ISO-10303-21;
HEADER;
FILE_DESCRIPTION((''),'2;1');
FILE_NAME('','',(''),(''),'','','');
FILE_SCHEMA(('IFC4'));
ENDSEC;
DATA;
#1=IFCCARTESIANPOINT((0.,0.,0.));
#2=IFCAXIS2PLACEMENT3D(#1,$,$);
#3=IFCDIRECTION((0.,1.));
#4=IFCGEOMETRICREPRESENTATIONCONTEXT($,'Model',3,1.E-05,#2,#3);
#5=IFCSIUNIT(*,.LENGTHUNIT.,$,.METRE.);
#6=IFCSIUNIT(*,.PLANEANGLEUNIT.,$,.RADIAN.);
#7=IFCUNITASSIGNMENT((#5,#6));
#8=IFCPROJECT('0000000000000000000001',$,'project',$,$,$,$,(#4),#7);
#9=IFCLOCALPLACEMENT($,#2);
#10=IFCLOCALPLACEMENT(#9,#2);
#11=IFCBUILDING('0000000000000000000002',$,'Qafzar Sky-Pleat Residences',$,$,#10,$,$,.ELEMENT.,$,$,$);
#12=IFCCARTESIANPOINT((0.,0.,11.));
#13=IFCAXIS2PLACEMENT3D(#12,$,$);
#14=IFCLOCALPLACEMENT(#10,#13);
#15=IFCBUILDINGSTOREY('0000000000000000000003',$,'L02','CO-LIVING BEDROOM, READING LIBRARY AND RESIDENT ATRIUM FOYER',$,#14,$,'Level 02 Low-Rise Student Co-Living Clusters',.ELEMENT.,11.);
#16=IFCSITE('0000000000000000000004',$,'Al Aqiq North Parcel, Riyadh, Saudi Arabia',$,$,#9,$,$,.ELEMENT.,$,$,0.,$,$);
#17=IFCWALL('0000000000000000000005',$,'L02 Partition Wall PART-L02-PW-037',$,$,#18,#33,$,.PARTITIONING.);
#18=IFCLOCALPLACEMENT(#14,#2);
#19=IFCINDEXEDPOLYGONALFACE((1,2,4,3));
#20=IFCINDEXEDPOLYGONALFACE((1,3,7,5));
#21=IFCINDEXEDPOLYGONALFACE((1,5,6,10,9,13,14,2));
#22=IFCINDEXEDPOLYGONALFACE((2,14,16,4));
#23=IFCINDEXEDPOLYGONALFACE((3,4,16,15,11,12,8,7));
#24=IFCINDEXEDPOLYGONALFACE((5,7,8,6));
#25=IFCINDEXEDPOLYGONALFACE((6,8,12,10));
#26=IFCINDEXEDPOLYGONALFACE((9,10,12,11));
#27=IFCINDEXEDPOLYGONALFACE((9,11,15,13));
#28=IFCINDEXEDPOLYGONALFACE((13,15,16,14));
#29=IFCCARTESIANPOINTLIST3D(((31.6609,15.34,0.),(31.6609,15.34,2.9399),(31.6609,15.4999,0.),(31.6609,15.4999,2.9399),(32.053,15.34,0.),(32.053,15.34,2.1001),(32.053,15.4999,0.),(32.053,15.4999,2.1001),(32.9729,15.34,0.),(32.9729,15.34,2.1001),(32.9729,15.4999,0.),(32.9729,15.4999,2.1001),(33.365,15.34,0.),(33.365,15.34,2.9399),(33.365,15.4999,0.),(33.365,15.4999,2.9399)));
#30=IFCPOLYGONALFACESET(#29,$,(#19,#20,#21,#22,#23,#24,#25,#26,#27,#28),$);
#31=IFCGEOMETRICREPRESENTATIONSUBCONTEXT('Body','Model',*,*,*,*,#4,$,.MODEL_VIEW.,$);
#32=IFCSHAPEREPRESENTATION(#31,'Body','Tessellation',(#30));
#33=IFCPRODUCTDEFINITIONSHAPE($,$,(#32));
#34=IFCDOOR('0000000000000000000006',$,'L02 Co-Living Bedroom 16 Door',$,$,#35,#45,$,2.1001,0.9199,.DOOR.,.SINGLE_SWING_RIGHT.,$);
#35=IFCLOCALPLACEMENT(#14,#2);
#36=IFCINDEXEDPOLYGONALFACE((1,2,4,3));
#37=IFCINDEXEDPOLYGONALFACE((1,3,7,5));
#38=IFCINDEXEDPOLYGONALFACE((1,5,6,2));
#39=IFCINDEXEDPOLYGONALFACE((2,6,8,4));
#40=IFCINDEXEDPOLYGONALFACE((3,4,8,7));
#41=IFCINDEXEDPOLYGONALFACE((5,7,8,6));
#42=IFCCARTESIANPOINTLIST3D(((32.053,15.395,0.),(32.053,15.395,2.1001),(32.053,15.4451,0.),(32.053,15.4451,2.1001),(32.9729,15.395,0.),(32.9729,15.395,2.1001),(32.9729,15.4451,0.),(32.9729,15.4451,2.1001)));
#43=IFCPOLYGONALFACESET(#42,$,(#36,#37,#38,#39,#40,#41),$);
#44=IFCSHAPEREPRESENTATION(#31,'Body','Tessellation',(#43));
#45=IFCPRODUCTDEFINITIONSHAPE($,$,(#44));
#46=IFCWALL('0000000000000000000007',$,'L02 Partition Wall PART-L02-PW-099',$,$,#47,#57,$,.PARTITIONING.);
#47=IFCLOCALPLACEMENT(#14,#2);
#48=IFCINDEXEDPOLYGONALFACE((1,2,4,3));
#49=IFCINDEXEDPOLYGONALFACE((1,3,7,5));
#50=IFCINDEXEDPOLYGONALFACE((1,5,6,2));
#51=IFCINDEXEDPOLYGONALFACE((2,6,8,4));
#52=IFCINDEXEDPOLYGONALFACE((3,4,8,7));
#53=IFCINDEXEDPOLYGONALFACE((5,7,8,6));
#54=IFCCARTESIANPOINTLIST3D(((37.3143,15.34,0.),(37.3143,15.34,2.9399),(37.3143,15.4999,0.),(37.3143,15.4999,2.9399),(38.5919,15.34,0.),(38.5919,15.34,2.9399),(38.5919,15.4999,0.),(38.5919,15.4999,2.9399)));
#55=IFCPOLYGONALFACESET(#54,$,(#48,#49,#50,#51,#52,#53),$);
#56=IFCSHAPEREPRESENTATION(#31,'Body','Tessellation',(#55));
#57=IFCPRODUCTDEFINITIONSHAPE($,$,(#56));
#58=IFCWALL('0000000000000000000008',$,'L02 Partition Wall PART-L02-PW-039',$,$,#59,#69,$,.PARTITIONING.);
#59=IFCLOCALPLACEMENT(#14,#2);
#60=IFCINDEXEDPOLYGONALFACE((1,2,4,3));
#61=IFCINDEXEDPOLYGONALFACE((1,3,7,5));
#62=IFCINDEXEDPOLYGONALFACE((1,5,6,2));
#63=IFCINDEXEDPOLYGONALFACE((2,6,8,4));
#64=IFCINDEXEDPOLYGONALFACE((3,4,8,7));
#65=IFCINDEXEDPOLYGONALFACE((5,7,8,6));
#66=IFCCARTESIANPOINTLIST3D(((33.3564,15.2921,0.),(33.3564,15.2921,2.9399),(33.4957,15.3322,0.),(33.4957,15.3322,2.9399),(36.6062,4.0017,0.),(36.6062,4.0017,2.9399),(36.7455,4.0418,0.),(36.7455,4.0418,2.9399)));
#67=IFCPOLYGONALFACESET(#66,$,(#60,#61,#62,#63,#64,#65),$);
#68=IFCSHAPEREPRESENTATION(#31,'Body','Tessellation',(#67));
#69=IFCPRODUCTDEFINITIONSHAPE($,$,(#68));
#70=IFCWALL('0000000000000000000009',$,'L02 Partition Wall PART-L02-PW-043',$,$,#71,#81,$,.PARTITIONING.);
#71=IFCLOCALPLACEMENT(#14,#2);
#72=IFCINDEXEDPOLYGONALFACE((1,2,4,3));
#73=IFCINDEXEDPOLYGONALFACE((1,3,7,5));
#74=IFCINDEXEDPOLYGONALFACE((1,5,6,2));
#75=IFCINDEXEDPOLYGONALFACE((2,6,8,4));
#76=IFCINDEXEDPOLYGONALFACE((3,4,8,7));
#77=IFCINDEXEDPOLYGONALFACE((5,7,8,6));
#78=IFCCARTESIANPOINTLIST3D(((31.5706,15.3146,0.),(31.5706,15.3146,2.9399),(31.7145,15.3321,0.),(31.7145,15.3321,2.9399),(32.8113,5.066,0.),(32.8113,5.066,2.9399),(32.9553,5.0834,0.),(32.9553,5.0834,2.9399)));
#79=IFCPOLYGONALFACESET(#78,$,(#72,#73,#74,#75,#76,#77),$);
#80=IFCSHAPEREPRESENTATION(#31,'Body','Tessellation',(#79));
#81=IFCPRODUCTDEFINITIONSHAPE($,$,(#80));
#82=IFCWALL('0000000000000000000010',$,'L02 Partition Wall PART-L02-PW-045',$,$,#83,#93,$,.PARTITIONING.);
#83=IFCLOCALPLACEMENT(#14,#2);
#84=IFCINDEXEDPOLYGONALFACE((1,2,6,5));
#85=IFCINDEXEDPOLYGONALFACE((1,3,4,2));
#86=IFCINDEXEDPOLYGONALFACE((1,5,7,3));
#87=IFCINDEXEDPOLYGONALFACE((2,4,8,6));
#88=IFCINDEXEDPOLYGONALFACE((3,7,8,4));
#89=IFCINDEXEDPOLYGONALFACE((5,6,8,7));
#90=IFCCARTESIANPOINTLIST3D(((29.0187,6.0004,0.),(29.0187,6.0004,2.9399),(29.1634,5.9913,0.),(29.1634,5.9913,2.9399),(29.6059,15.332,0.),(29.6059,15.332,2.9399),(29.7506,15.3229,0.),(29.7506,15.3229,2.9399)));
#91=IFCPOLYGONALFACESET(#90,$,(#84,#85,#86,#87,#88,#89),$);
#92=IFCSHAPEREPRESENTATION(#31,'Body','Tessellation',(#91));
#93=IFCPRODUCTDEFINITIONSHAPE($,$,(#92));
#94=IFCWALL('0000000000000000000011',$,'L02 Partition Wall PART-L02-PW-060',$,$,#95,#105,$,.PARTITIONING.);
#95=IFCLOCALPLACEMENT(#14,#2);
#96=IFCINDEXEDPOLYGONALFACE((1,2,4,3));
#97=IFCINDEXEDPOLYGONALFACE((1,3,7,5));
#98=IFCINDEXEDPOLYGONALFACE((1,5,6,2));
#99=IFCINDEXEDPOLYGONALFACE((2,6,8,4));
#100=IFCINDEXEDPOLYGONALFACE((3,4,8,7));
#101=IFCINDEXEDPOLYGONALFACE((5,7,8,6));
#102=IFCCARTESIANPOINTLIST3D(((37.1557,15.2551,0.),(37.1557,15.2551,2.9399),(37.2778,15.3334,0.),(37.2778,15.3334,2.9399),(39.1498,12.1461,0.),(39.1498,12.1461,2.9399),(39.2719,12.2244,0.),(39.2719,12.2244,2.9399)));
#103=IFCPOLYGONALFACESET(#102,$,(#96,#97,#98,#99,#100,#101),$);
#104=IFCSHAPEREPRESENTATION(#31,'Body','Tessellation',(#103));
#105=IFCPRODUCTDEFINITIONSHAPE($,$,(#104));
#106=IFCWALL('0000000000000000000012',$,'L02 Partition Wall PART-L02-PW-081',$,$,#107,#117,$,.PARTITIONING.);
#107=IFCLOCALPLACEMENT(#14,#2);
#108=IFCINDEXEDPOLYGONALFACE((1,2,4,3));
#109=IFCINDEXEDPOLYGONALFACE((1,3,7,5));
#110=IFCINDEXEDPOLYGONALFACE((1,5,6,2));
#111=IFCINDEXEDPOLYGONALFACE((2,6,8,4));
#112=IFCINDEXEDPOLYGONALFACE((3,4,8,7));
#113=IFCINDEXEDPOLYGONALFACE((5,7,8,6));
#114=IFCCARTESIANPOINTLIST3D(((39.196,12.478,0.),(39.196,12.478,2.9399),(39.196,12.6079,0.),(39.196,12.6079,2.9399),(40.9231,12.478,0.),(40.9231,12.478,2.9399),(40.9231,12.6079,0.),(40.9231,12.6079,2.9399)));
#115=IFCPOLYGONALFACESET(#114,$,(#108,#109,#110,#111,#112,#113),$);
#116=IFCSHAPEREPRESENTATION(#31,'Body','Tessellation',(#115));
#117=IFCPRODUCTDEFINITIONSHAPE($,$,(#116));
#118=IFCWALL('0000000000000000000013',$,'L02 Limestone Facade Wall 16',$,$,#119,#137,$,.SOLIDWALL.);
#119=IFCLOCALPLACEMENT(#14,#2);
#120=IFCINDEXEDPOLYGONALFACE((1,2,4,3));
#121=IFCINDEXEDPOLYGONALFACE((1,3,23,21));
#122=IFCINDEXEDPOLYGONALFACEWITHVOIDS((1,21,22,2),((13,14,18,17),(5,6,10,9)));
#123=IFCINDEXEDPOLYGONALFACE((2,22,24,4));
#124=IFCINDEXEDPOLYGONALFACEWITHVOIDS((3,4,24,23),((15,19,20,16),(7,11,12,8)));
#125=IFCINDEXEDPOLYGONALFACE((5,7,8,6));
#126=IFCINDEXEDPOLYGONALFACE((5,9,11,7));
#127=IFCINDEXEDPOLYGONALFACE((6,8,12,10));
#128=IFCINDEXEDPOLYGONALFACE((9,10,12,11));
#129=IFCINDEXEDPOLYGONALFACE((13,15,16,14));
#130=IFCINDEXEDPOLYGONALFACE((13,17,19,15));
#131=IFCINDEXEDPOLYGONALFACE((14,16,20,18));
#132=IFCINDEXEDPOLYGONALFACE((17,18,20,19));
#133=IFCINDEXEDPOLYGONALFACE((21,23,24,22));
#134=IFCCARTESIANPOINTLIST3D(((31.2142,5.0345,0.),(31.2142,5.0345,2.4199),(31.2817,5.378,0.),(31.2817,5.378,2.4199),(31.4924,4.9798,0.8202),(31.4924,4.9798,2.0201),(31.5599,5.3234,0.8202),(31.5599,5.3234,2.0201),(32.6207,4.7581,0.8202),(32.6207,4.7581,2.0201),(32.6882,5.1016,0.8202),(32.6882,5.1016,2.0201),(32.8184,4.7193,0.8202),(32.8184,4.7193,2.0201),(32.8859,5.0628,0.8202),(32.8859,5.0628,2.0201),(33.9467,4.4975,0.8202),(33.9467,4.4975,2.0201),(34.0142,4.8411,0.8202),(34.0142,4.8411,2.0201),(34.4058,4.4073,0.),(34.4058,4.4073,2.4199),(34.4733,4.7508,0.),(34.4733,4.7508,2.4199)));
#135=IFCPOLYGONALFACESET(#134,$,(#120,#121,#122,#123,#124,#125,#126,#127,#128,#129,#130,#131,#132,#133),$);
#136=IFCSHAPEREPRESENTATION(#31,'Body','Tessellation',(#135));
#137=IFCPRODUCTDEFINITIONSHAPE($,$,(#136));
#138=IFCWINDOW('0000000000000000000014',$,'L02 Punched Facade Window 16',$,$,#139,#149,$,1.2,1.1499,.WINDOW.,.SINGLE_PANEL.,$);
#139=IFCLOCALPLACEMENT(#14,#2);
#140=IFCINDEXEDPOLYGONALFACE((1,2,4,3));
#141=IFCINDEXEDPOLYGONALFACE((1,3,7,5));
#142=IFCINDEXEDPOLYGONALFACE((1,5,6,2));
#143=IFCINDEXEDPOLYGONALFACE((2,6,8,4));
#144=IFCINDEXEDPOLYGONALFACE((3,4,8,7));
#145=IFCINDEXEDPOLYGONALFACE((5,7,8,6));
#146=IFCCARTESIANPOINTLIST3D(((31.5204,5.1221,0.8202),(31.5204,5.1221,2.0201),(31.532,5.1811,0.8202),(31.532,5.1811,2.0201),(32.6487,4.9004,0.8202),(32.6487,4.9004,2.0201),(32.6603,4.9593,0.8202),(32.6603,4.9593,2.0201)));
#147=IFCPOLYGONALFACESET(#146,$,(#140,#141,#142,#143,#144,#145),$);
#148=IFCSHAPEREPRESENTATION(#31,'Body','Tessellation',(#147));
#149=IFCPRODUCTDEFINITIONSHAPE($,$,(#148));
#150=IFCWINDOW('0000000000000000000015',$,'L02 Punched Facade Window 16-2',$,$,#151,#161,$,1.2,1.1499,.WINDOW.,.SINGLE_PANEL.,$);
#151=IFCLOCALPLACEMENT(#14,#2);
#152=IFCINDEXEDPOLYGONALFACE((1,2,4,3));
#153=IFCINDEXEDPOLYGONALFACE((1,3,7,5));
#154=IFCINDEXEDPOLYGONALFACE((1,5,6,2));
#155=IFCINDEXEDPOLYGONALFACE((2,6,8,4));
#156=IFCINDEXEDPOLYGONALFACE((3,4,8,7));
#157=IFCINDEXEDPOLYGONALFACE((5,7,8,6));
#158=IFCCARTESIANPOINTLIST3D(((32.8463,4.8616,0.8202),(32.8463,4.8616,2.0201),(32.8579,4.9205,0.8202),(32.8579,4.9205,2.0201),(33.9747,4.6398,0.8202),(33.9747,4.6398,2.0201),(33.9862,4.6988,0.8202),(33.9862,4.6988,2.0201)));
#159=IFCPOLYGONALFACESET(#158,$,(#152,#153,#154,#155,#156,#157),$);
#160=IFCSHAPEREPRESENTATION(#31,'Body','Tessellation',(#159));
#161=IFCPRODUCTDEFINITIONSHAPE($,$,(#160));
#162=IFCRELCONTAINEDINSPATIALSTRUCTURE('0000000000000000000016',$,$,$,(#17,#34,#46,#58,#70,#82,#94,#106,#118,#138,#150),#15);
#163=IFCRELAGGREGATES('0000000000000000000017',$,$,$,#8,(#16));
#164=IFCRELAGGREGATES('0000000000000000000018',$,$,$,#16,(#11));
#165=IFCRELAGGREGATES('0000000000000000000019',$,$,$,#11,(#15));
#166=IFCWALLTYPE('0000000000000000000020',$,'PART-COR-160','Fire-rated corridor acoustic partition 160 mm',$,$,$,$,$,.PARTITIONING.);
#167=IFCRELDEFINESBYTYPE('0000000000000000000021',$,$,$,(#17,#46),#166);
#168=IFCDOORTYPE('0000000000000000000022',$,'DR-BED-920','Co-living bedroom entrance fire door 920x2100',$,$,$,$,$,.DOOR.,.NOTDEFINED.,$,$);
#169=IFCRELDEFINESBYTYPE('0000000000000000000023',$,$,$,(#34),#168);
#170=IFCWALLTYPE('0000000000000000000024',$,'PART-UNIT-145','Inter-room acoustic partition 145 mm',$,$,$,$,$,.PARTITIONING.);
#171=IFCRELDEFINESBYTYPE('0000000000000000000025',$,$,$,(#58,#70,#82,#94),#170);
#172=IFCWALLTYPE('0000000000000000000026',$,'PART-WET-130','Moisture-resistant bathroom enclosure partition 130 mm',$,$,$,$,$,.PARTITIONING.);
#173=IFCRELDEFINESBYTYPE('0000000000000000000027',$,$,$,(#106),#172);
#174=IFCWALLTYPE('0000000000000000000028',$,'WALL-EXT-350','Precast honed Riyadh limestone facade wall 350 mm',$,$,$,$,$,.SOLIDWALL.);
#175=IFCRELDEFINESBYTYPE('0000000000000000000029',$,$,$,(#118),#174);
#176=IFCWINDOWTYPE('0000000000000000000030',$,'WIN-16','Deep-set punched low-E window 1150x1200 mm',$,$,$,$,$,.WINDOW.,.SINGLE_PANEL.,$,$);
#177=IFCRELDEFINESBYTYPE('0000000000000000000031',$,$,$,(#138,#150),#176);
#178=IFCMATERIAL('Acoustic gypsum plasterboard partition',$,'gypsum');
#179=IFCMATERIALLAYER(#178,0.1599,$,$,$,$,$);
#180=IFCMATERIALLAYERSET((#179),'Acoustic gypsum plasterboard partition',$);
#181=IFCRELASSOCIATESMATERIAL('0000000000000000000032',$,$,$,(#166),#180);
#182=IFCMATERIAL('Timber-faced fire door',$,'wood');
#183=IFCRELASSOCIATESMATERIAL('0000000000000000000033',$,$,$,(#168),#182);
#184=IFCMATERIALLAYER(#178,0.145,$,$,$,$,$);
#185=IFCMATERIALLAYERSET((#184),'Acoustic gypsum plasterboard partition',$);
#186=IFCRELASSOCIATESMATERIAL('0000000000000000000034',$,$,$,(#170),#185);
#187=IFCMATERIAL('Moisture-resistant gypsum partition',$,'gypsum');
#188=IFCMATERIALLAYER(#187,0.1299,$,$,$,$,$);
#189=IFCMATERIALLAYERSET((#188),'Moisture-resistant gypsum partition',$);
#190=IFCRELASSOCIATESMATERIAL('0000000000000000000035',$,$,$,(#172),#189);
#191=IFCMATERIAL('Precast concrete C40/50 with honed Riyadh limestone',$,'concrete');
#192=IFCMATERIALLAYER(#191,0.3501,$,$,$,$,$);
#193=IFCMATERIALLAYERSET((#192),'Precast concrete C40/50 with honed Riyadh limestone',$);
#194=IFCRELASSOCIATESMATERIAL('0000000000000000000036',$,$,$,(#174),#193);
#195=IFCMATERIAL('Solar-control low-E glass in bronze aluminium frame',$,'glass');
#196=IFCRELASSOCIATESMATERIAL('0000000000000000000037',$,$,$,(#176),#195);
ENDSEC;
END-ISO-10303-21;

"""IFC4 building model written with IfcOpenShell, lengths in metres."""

from ifc_helpers import new_model, si_unit, direction, frame, frame_2d, origin, place, context, subcontext, project, spatial, rectangle, extrude, source, transform, mapped, material, layer, layer_set, type_object, element, fill, save


model = new_model("IFC4")

# Units and contexts
model_context = context("Model", 3, precision=1e-05, world=origin(), true_north=direction((0.0, 1.0)))
body_context = subcontext(model_context, "Body", "Model", "MODEL_VIEW")
ifc_project = project(units=[si_unit("LENGTHUNIT", "METRE"), si_unit("PLANEANGLEUNIT", "RADIAN")], contexts=[model_context])

# Site, building, storey
site_placement = place(None, origin())
site = spatial("IfcSite", under=ifc_project, at=site_placement, Name="Al Aqiq North Parcel, Riyadh, Saudi Arabia", CompositionType="ELEMENT", RefElevation=0.0)
building_placement = place(site_placement, origin())
building = spatial("IfcBuilding", under=site, at=building_placement, Name="Qafzar Sky-Pleat Residences", CompositionType="ELEMENT")
storey_placement = place(building_placement, frame((0.0, 0.0, 11.0)))
storey = spatial("IfcBuildingStorey", under=building, at=storey_placement, Name="L02", Description="CO-LIVING BEDROOM, READING LIBRARY AND RESIDENT ATRIUM FOYER", LongName="Level 02 Low-Rise Student Co-Living Clusters", CompositionType="ELEMENT", Elevation=11.0)

# Wall, opening, door
ifc_material_1 = material(Name="Acoustic gypsum plasterboard partition", Category="gypsum")
ifc_layer_1 = layer(ifc_material_1, 0.1599)
ifc_layer_set_1 = layer_set([ifc_layer_1], Name="Acoustic gypsum plasterboard partition")
wall_type_1 = type_object("IfcWallType", Name="PART-COR-160", Description="Fire-rated corridor acoustic partition 160 mm", PredefinedType="PARTITIONING", material=ifc_layer_set_1)
ifc_material_2 = material(Name="Timber-faced fire door", Category="wood")
door_type_1 = type_object("IfcDoorType", Name="DR-BED-920", Description="Co-living bedroom entrance fire door 920x2100", OperationType="NOTDEFINED", PredefinedType="DOOR", material=ifc_material_2)
shared_shape_1 = source(origin(), body_context, "Body", "SweptSolid", [
    extrude(rectangle(XDim=0.9199, YDim=2.1001, at=frame_2d((0.46, 1.05))), frame((0.0, 0.0249, 0.0), z_axis=(0.0, -1.0, 0.0), x_axis=(1.0, 0.0, 0.0)), (0.0, 0.0, 1.0), 0.05),
])
wall_1_placement = place(storey_placement, frame((33.365, 15.4199, 0.0), z_axis=(0.0, 0.0, 1.0), x_axis=(-1.0, 0.0, 0.0)))
wall_1 = element("IfcWall", 1, at=wall_1_placement, inside=storey, type_object=wall_type_1, Name="L02 Partition Wall PART-L02-PW-037", PredefinedType="PARTITIONING", context=body_context, shape_type="SweptSolid", body=[
    extrude(rectangle(XDim=1.7041, YDim=0.1599, at=frame_2d((0.8521, 0.0))), origin(), (0.0, 0.0, 1.0), 2.9399),
])
opening_1_placement = place(wall_1_placement, frame((0.3921, 0.0, 0.0)))
opening_1 = element("IfcOpeningElement", 2, at=opening_1_placement, cuts=wall_1, PredefinedType="OPENING", context=body_context, shape_type="SweptSolid", body=[
    extrude(rectangle(XDim=0.9199, YDim=2.1001, at=frame_2d((0.46, 1.05))), frame((0.0, 0.0898, 0.0), z_axis=(0.0, -1.0, 0.0), x_axis=(1.0, 0.0, 0.0)), (0.0, 0.0, 1.0), 0.1799),
])
door_1_placement = place(opening_1_placement, origin())
door_1 = element("IfcDoor", 3, at=door_1_placement, inside=storey, type_object=door_type_1, Name="L02 Co-Living Bedroom 16 Door", OperationType="SINGLE_SWING_RIGHT", OverallHeight=2.1001, OverallWidth=0.9199, PredefinedType="DOOR", context=body_context, shape_type="MappedRepresentation", body=[
    mapped(shared_shape_1, transform((0.0, 0.0, 0.0), x_axis=(1.0, 0.0, 0.0), y_axis=(0.0, 1.0, 0.0), z_axis=(0.0, 0.0, 1.0), scale=1.0)),
])
fill(opening_1, door_1)

# Walls
wall_2_placement = place(storey_placement, frame((37.3145, 15.4199, 0.0), z_axis=(0.0, 0.0, 1.0), x_axis=(1.0, 0.0, 0.0)))
element("IfcWall", 4, at=wall_2_placement, inside=storey, type_object=wall_type_1, Name="L02 Partition Wall PART-L02-PW-099", PredefinedType="PARTITIONING", context=body_context, shape_type="SweptSolid", body=[
    extrude(rectangle(XDim=1.2776, YDim=0.1599, at=frame_2d((0.6387, 0.0))), origin(), (0.0, 0.0, 1.0), 2.9399),
])
ifc_layer_2 = layer(ifc_material_1, 0.145)
ifc_layer_set_2 = layer_set([ifc_layer_2], Name="Acoustic gypsum plasterboard partition")
wall_type_2 = type_object("IfcWallType", Name="PART-UNIT-145", Description="Inter-room acoustic partition 145 mm", PredefinedType="PARTITIONING", material=ifc_layer_set_2)
wall_3_placement = place(storey_placement, frame((33.426, 15.3123, 0.0), z_axis=(0.0, 0.0, 1.0), x_axis=(0.276606, -0.960983, 0.0)))
element("IfcWall", 5, at=wall_3_placement, inside=storey, type_object=wall_type_2, Name="L02 Partition Wall PART-L02-PW-039", PredefinedType="PARTITIONING", context=body_context, shape_type="SweptSolid", body=[
    extrude(rectangle(XDim=11.7488, YDim=0.145, at=frame_2d((5.8745, 0.0))), origin(), (0.0, 0.0, 1.0), 2.9399),
])
wall_4_placement = place(storey_placement, frame((31.6426, 15.3232, 0.0), z_axis=(0.0, 0.0, 1.0), x_axis=(0.120186, -0.992751, 0.0)))
element("IfcWall", 6, at=wall_4_placement, inside=storey, type_object=wall_type_2, Name="L02 Partition Wall PART-L02-PW-043", PredefinedType="PARTITIONING", context=body_context, shape_type="SweptSolid", body=[
    extrude(rectangle(XDim=10.3235, YDim=0.145, at=frame_2d((5.1616, 0.0))), origin(), (0.0, 0.0, 1.0), 2.9399),
])
wall_5_placement = place(storey_placement, frame((29.0911, 5.9958, 0.0), z_axis=(0.0, 0.0, 1.0), x_axis=(0.062798, 0.998026, 0.0)))
element("IfcWall", 7, at=wall_5_placement, inside=storey, type_object=wall_type_2, Name="L02 Partition Wall PART-L02-PW-045", PredefinedType="PARTITIONING", context=body_context, shape_type="SweptSolid", body=[
    extrude(rectangle(XDim=9.3501, YDim=0.145, at=frame_2d((4.675, 0.0))), origin(), (0.0, 0.0, 1.0), 2.9399),
])
wall_6_placement = place(storey_placement, frame((37.2168, 15.2942, 0.0), z_axis=(0.0, 0.0, 1.0), x_axis=(0.539879, -0.841743, 0.0)))
element("IfcWall", 8, at=wall_6_placement, inside=storey, type_object=wall_type_2, Name="L02 Partition Wall PART-L02-PW-060", PredefinedType="PARTITIONING", context=body_context, shape_type="SweptSolid", body=[
    extrude(rectangle(XDim=3.6936, YDim=0.145, at=frame_2d((1.8467, 0.0))), origin(), (0.0, 0.0, 1.0), 2.9399),
])
ifc_material_3 = material(Name="Moisture-resistant gypsum partition", Category="gypsum")
ifc_layer_3 = layer(ifc_material_3, 0.1299)
ifc_layer_set_3 = layer_set([ifc_layer_3], Name="Moisture-resistant gypsum partition")
wall_type_3 = type_object("IfcWallType", Name="PART-WET-130", Description="Moisture-resistant bathroom enclosure partition 130 mm", PredefinedType="PARTITIONING", material=ifc_layer_set_3)
wall_7_placement = place(storey_placement, frame((39.196, 12.543, 0.0), z_axis=(0.0, 0.0, 1.0), x_axis=(1.0, 0.0, 0.0)))
element("IfcWall", 9, at=wall_7_placement, inside=storey, type_object=wall_type_3, Name="L02 Partition Wall PART-L02-PW-081", PredefinedType="PARTITIONING", context=body_context, shape_type="SweptSolid", body=[
    extrude(rectangle(XDim=1.7271, YDim=0.1299, at=frame_2d((0.8635, 0.0))), origin(), (0.0, 0.0, 1.0), 2.9399),
])

# Wall, openings, windows
ifc_material_4 = material(Name="Precast concrete C40/50 with honed Riyadh limestone", Category="concrete")
ifc_layer_4 = layer(ifc_material_4, 0.3501)
ifc_layer_set_4 = layer_set([ifc_layer_4], Name="Precast concrete C40/50 with honed Riyadh limestone")
wall_type_4 = type_object("IfcWallType", Name="WALL-EXT-350", Description="Precast honed Riyadh limestone facade wall 350 mm", PredefinedType="SOLIDWALL", material=ifc_layer_set_4)
wall_8_placement = place(storey_placement, frame((31.2478, 5.2063, 0.0), z_axis=(0.0, 0.0, 1.0), x_axis=(0.981233, -0.192824, 0.0)))
wall_8 = element("IfcWall", 10, at=wall_8_placement, inside=storey, type_object=wall_type_4, Name="L02 Limestone Facade Wall 16", PredefinedType="SOLIDWALL", context=body_context, shape_type="SweptSolid", body=[
    extrude(rectangle(XDim=3.2527, YDim=0.3501, at=frame_2d((1.6265, 0.0))), origin(), (0.0, 0.0, 1.0), 2.4199),
])
opening_2_placement = place(wall_8_placement, frame((0.2837, 0.0, 0.8201)))
opening_2 = element("IfcOpeningElement", 11, at=opening_2_placement, cuts=wall_8, PredefinedType="OPENING", context=body_context, shape_type="SweptSolid", body=[
    extrude(rectangle(XDim=1.1499, YDim=1.2, at=frame_2d((0.575, 0.6001))), frame((0.0, 0.1851, 0.0), z_axis=(0.0, -1.0, 0.0), x_axis=(1.0, 0.0, 0.0)), (0.0, 0.0, 1.0), 0.3701),
])
opening_3_placement = place(wall_8_placement, frame((1.635, 0.0, 0.8201)))
opening_3 = element("IfcOpeningElement", 12, at=opening_3_placement, cuts=wall_8, PredefinedType="OPENING", context=body_context, shape_type="SweptSolid", body=[
    extrude(rectangle(XDim=1.1499, YDim=1.2, at=frame_2d((0.575, 0.6001))), frame((0.0, 0.1851, 0.0), z_axis=(0.0, -1.0, 0.0), x_axis=(1.0, 0.0, 0.0)), (0.0, 0.0, 1.0), 0.3701),
])
ifc_material_5 = material(Name="Solar-control low-E glass in bronze aluminium frame", Category="glass")
window_type_1 = type_object("IfcWindowType", Name="WIN-16", Description="Deep-set punched low-E window 1150x1200 mm", PartitioningType="SINGLE_PANEL", PredefinedType="WINDOW", material=ifc_material_5)
shared_shape_2 = source(origin(), body_context, "Body", "SweptSolid", [
    extrude(rectangle(XDim=1.1499, YDim=1.2, at=frame_2d((0.575, 0.6001))), frame((0.0, 0.03, 0.0), z_axis=(0.0, -1.0, 0.0), x_axis=(1.0, 0.0, 0.0)), (0.0, 0.0, 1.0), 0.0601),
])
window_1_placement = place(opening_2_placement, origin())
window_1 = element("IfcWindow", 13, at=window_1_placement, inside=storey, type_object=window_type_1, Name="L02 Punched Facade Window 16", OverallHeight=1.2, OverallWidth=1.1499, PartitioningType="SINGLE_PANEL", PredefinedType="WINDOW", context=body_context, shape_type="MappedRepresentation", body=[
    mapped(shared_shape_2, transform((0.0, 0.0, 0.0), x_axis=(1.0, 0.0, 0.0), y_axis=(0.0, 1.0, 0.0), z_axis=(0.0, 0.0, 1.0), scale=1.0)),
])
fill(opening_2, window_1)
window_2_placement = place(opening_3_placement, origin())
window_2 = element("IfcWindow", 14, at=window_2_placement, inside=storey, type_object=window_type_1, Name="L02 Punched Facade Window 16-2", OverallHeight=1.2, OverallWidth=1.1499, PartitioningType="SINGLE_PANEL", PredefinedType="WINDOW", context=body_context, shape_type="MappedRepresentation", body=[
    mapped(shared_shape_2, transform((0.0, 0.0, 0.0), x_axis=(1.0, 0.0, 0.0), y_axis=(0.0, 1.0, 0.0), z_axis=(0.0, 0.0, 1.0), scale=1.0)),
])
fill(opening_3, window_2)

save(model, "model.ifc")
